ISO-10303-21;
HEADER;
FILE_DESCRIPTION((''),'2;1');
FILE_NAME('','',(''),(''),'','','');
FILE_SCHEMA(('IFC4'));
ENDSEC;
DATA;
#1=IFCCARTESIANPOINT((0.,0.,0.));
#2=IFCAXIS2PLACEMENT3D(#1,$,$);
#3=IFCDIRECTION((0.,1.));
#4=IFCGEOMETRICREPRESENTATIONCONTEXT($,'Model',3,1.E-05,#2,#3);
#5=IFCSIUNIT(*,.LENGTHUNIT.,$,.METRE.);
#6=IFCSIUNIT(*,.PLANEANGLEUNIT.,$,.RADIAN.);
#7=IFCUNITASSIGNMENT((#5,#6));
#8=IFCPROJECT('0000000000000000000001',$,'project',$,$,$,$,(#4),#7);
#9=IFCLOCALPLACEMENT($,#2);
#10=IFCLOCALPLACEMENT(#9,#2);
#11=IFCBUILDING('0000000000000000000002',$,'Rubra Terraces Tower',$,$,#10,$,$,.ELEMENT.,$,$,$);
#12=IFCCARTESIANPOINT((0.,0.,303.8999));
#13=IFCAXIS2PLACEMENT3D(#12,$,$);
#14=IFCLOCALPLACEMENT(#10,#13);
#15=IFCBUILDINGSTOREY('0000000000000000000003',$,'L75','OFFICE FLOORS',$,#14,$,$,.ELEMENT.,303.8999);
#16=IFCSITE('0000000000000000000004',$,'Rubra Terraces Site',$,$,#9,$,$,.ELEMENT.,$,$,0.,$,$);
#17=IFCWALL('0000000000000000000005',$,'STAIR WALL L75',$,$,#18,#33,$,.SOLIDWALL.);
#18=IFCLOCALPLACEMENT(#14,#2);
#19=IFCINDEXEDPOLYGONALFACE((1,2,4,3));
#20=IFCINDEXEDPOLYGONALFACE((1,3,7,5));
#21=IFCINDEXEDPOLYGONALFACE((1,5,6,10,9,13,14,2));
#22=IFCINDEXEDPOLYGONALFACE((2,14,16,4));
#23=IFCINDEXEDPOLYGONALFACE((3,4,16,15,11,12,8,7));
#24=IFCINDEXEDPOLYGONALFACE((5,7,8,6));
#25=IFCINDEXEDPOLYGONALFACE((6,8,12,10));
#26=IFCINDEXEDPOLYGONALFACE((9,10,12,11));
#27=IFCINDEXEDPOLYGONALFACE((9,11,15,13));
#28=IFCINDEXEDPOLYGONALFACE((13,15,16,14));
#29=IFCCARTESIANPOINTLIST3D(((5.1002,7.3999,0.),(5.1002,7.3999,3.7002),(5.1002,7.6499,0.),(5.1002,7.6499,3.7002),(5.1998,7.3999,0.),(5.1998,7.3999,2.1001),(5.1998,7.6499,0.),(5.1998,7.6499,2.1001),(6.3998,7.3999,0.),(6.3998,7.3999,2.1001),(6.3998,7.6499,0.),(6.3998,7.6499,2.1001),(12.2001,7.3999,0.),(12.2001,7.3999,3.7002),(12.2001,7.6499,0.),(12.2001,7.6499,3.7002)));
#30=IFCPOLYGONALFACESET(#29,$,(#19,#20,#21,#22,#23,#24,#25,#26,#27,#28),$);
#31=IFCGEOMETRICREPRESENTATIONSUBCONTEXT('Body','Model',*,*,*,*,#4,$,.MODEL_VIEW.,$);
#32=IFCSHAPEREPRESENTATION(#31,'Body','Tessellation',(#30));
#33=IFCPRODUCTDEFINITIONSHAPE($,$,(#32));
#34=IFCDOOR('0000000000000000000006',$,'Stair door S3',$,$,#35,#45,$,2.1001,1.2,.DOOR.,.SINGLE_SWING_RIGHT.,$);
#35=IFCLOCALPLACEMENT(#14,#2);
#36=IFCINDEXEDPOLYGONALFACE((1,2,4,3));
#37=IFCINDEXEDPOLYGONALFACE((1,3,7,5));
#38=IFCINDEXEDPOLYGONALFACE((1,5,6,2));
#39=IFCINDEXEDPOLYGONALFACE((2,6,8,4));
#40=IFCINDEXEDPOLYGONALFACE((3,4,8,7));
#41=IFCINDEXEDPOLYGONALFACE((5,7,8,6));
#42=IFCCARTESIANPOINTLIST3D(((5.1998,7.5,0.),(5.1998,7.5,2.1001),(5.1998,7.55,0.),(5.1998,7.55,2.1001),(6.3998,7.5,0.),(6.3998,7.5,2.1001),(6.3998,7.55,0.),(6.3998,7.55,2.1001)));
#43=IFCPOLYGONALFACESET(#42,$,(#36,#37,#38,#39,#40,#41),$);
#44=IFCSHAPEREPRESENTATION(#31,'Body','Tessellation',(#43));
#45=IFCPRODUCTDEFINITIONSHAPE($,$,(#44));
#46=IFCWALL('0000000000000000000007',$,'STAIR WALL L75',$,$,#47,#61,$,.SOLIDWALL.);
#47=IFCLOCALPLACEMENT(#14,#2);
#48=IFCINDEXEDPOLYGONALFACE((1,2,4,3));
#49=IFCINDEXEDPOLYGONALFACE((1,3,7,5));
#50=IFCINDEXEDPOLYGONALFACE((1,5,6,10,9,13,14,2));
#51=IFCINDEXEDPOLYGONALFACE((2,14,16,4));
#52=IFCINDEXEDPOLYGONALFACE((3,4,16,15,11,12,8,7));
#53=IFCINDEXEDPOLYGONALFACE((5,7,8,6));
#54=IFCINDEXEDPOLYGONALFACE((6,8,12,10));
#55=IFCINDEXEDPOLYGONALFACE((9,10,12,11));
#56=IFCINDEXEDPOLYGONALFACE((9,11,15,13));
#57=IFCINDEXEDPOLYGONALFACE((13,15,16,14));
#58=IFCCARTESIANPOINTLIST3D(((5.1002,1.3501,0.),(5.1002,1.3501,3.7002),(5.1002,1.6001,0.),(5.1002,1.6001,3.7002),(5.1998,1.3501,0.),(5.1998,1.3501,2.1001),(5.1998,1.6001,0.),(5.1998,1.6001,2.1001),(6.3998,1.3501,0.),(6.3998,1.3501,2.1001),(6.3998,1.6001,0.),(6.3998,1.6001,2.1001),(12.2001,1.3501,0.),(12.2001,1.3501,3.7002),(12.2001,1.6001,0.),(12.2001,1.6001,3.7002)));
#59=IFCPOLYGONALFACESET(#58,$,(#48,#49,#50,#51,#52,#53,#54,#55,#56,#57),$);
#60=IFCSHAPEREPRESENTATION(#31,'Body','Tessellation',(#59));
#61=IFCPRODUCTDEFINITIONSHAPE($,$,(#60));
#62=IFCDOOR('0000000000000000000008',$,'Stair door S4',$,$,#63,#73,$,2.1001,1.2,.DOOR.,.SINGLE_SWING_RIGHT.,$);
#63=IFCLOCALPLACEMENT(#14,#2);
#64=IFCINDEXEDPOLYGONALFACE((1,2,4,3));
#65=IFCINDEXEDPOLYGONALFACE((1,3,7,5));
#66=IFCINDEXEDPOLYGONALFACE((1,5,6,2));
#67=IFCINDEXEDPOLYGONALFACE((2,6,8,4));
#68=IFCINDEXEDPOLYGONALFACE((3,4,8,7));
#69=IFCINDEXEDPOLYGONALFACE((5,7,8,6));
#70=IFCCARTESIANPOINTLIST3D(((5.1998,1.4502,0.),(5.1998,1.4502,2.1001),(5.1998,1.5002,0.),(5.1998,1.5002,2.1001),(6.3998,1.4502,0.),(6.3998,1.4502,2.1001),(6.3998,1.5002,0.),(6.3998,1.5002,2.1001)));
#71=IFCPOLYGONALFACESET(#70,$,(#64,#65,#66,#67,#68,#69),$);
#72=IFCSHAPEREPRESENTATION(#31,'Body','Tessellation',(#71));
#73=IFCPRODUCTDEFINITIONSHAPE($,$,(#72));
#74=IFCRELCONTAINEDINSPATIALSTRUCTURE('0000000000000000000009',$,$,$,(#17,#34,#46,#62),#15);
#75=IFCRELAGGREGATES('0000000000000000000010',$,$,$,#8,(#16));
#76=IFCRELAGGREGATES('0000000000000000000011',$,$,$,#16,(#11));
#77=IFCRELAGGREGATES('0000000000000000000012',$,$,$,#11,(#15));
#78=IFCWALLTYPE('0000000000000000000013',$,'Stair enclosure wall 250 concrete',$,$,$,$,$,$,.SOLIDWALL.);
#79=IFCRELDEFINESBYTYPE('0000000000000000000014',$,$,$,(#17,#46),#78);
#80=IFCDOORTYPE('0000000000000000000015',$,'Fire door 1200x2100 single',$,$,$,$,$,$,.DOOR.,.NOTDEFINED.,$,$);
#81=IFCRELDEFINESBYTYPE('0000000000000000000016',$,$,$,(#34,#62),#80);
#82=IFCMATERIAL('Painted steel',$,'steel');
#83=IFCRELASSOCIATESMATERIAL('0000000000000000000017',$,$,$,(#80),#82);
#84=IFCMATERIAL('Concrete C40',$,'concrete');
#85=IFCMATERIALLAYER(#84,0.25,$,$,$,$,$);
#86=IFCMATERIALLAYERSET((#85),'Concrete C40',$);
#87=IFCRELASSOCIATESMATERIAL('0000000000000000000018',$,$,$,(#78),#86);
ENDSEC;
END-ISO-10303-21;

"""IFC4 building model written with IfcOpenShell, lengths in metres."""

from ifc_helpers import new_model, si_unit, direction, frame, frame_2d, origin, place, context, subcontext, project, spatial, rectangle, extrude, material, layer, layer_set, type_object, element, fill, save


model = new_model("IFC4")

# Units and contexts
model_context = context("Model", 3, precision=1e-05, world=origin(), true_north=direction((0.0, 1.0)))
body_context = subcontext(model_context, "Body", "Model", "MODEL_VIEW")
ifc_project = project(units=[si_unit("LENGTHUNIT", "METRE"), si_unit("PLANEANGLEUNIT", "RADIAN")], contexts=[model_context])

# Site, building, storey
site_placement = place(None, origin())
site = spatial("IfcSite", under=ifc_project, at=site_placement, Name="Rubra Terraces Site", CompositionType="ELEMENT", RefElevation=0.0)
building_placement = place(site_placement, origin())
building = spatial("IfcBuilding", under=site, at=building_placement, Name="Rubra Terraces Tower", CompositionType="ELEMENT")
storey_placement = place(building_placement, frame((0.0, 0.0, 303.8999)))
storey = spatial("IfcBuildingStorey", under=building, at=storey_placement, Name="L75", Description="OFFICE FLOORS", CompositionType="ELEMENT", Elevation=303.8999)

# Shared definitions
ifc_material_1 = material(Name="Painted steel", Category="steel")
door_type_1 = type_object("IfcDoorType", Name="Fire door 1200x2100 single", OperationType="NOTDEFINED", PredefinedType="DOOR", material=ifc_material_1)

# Walls, openings, doors
ifc_material_2 = material(Name="Concrete C40", Category="concrete")
ifc_layer_1 = layer(ifc_material_2, 0.25)
ifc_layer_set_1 = layer_set([ifc_layer_1], Name="Concrete C40")
wall_type_1 = type_object("IfcWallType", Name="Stair enclosure wall 250 concrete", PredefinedType="SOLIDWALL", material=ifc_layer_set_1)
wall_1_placement = place(storey_placement, frame((12.2, 7.5249, 0.0), z_axis=(0.0, 0.0, 1.0), x_axis=(-1.0, 0.0, 0.0)))
wall_1 = element("IfcWall", 1, at=wall_1_placement, inside=storey, type_object=wall_type_1, Name="STAIR WALL L75", PredefinedType="SOLIDWALL", context=body_context, shape_type="SweptSolid", body=[
    extrude(rectangle(XDim=7.0999, YDim=0.25, at=frame_2d((3.5498, 0.0))), origin(), (0.0, 0.0, 1.0), 3.7002),
])
opening_1_placement = place(wall_1_placement, frame((5.8, 0.0, 0.0)))
opening_1 = element("IfcOpeningElement", 2, at=opening_1_placement, cuts=wall_1, PredefinedType="OPENING", context=body_context, shape_type="SweptSolid", body=[
    extrude(rectangle(XDim=1.2, YDim=2.1001, at=frame_2d((0.6001, 1.05))), frame((0.0, 0.135, 0.0), z_axis=(0.0, -1.0, 0.0), x_axis=(1.0, 0.0, 0.0)), (0.0, 0.0, 1.0), 0.27),
])
door_1_placement = place(opening_1_placement, origin())
door_1 = element("IfcDoor", 3, at=door_1_placement, inside=storey, type_object=door_type_1, Name="Stair door S3", OperationType="SINGLE_SWING_RIGHT", OverallHeight=2.1001, OverallWidth=1.2, PredefinedType="DOOR", context=body_context, shape_type="SweptSolid", body=[
    extrude(rectangle(XDim=1.2, YDim=2.1001, at=frame_2d((0.6001, 1.05))), frame((0.0, 0.0249, 0.0), z_axis=(0.0, -1.0, 0.0), x_axis=(1.0, 0.0, 0.0)), (0.0, 0.0, 1.0), 0.05),
])
fill(opening_1, door_1)
wall_2_placement = place(storey_placement, frame((12.2, 1.4751, 0.0), z_axis=(0.0, 0.0, 1.0), x_axis=(-1.0, 0.0, 0.0)))
wall_2 = element("IfcWall", 4, at=wall_2_placement, inside=storey, type_object=wall_type_1, Name="STAIR WALL L75", PredefinedType="SOLIDWALL", context=body_context, shape_type="SweptSolid", body=[
    extrude(rectangle(XDim=7.0999, YDim=0.25, at=frame_2d((3.5498, 0.0))), origin(), (0.0, 0.0, 1.0), 3.7002),
])
opening_2_placement = place(wall_2_placement, frame((5.8, 0.0, 0.0)))
opening_2 = element("IfcOpeningElement", 5, at=opening_2_placement, cuts=wall_2, PredefinedType="OPENING", context=body_context, shape_type="SweptSolid", body=[
    extrude(rectangle(XDim=1.2, YDim=2.1001, at=frame_2d((0.6001, 1.05))), frame((0.0, 0.135, 0.0), z_axis=(0.0, -1.0, 0.0), x_axis=(1.0, 0.0, 0.0)), (0.0, 0.0, 1.0), 0.27),
])
door_2_placement = place(opening_2_placement, origin())
door_2 = element("IfcDoor", 6, at=door_2_placement, inside=storey, type_object=door_type_1, Name="Stair door S4", OperationType="SINGLE_SWING_RIGHT", OverallHeight=2.1001, OverallWidth=1.2, PredefinedType="DOOR", context=body_context, shape_type="SweptSolid", body=[
    extrude(rectangle(XDim=1.2, YDim=2.1001, at=frame_2d((0.6001, 1.05))), frame((0.0, 0.0249, 0.0), z_axis=(0.0, -1.0, 0.0), x_axis=(1.0, 0.0, 0.0)), (0.0, 0.0, 1.0), 0.05),
])
fill(opening_2, door_2)

save(model, "model.ifc")
